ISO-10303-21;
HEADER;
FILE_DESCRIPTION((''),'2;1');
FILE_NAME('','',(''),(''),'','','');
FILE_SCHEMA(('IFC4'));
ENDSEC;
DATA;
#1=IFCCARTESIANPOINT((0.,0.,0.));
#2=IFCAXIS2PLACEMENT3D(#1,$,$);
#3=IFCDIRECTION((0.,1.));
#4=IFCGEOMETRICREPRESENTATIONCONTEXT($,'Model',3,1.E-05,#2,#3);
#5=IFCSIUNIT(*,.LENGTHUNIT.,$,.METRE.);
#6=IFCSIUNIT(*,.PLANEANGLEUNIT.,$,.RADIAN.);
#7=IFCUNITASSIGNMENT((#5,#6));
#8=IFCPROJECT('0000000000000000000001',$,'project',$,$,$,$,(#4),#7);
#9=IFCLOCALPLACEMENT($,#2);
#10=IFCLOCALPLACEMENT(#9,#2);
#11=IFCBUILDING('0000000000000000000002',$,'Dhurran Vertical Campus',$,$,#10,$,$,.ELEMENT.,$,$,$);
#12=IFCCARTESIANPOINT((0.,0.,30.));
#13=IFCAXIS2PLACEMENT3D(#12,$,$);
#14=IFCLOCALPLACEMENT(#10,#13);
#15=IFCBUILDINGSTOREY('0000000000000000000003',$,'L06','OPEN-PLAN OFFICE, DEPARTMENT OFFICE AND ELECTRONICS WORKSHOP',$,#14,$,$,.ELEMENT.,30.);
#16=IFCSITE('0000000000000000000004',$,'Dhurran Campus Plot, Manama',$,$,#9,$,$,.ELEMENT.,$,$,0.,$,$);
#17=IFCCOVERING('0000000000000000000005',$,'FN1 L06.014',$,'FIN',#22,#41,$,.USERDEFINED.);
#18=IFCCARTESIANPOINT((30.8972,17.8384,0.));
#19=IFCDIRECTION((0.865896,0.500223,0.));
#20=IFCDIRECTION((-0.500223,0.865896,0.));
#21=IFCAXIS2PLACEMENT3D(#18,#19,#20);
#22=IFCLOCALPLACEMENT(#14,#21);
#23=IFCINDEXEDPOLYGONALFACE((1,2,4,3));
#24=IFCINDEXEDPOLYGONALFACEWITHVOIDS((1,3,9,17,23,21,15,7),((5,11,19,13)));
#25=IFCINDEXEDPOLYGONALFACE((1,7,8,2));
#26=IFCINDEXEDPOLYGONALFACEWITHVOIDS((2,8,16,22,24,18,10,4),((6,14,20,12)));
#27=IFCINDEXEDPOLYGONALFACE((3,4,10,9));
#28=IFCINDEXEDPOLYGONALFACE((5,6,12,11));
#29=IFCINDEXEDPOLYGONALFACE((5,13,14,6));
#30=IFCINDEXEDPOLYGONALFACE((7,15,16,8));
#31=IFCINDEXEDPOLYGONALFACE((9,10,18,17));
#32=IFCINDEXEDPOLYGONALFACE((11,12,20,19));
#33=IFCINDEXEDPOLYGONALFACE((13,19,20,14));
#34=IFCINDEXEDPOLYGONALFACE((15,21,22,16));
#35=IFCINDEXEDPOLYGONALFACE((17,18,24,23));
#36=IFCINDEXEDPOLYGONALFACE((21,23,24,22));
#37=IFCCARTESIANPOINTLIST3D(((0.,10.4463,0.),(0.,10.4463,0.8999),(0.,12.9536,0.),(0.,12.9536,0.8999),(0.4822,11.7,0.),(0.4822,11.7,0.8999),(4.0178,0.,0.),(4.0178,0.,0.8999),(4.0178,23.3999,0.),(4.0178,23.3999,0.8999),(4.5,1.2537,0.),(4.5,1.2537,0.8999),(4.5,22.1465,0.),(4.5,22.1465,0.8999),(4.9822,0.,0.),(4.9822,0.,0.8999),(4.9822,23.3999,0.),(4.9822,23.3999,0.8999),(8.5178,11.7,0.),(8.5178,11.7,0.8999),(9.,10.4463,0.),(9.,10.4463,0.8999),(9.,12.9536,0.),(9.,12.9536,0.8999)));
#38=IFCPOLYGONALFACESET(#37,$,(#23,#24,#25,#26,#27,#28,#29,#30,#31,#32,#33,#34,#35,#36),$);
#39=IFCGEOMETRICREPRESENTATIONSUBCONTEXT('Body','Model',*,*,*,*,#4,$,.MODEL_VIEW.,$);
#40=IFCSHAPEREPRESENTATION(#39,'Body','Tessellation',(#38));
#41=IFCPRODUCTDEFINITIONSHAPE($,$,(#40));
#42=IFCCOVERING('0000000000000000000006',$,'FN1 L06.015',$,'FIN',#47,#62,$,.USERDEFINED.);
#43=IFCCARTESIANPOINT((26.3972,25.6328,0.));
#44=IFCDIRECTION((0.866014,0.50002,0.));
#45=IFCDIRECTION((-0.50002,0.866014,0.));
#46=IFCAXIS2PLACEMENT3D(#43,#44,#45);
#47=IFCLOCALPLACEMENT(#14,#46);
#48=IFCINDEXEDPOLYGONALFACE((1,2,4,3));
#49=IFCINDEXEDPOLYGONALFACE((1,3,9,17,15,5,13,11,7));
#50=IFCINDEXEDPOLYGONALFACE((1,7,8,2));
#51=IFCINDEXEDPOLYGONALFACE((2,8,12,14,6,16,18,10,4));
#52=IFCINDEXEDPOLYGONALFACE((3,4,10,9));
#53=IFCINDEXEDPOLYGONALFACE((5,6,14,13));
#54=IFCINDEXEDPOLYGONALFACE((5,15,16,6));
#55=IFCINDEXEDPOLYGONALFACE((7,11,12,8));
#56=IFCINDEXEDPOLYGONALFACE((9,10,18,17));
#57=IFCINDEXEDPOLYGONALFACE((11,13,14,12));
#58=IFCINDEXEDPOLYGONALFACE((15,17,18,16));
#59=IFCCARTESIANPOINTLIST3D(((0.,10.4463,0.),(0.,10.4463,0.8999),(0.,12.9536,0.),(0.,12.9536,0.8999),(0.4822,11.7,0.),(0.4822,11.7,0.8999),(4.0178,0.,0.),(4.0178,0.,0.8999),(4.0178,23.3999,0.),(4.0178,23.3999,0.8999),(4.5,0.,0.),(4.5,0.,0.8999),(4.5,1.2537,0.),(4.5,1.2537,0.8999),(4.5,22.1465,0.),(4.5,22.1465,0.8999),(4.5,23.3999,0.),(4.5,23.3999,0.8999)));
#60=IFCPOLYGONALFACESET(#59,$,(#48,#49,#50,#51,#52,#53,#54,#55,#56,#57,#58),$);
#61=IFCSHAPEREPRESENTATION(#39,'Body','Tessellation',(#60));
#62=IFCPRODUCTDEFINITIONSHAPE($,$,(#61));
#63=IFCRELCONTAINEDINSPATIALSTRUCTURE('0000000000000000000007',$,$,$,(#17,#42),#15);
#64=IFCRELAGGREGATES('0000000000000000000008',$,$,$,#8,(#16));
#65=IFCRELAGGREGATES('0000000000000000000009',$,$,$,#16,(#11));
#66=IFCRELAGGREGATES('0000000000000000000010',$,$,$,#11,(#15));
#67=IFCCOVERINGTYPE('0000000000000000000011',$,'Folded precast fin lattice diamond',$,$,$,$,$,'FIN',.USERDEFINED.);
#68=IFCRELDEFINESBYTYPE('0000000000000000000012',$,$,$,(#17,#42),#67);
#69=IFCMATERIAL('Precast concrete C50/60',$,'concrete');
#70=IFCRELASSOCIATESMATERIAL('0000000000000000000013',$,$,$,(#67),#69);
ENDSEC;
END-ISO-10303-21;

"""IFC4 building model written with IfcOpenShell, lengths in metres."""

from ifc_helpers import new_model, si_unit, direction, frame, origin, place, context, subcontext, project, spatial, polyline, outline, extrude, material, type_object, element, save


model = new_model("IFC4")

# Units and contexts
model_context = context("Model", 3, precision=1e-05, world=origin(), true_north=direction((0.0, 1.0)))
body_context = subcontext(model_context, "Body", "Model", "MODEL_VIEW")
ifc_project = project(units=[si_unit("LENGTHUNIT", "METRE"), si_unit("PLANEANGLEUNIT", "RADIAN")], contexts=[model_context])

# Site, building, storey
site_placement = place(None, origin())
site = spatial("IfcSite", under=ifc_project, at=site_placement, Name="Dhurran Campus Plot, Manama", CompositionType="ELEMENT", RefElevation=0.0)
building_placement = place(site_placement, origin())
building = spatial("IfcBuilding", under=site, at=building_placement, Name="Dhurran Vertical Campus", CompositionType="ELEMENT")
storey_placement = place(building_placement, frame((0.0, 0.0, 30.0)))
storey = spatial("IfcBuildingStorey", under=building, at=storey_placement, Name="L06", Description="OPEN-PLAN OFFICE, DEPARTMENT OFFICE AND ELECTRONICS WORKSHOP", CompositionType="ELEMENT", Elevation=30.0)

# Coverings
ifc_material_1 = material(Name="Precast concrete C50/60", Category="concrete")
covering_type = type_object("IfcCoveringType", Name="Folded precast fin lattice diamond", ElementType="FIN", PredefinedType="USERDEFINED", material=ifc_material_1)
covering_1_placement = place(storey_placement, frame((30.8972, 17.8384, 0.0), z_axis=(0.865896, 0.500223, 0.0), x_axis=(-0.500223, 0.865896, 0.0)))
element("IfcCovering", 1, at=covering_1_placement, inside=storey, type_object=covering_type, Name="FN1 L06.014", ObjectType="FIN", PredefinedType="USERDEFINED", context=body_context, shape_type="SweptSolid", body=[
    extrude(outline(polyline([(9.0, 12.9536), (9.0, 10.4463), (4.9822, 0.0), (4.0178, 0.0), (0.0, 10.4463), (0.0, 12.9536), (4.0178, 23.3999), (4.9822, 23.3999), (9.0, 12.9536)]), holes=[polyline([(8.5178, 11.7), (4.5, 22.1465), (0.4822, 11.7), (4.5, 1.2537), (8.5178, 11.7)])]), origin(), (0.0, 0.0, 1.0), 0.8999),
])
covering_2_placement = place(storey_placement, frame((26.3972, 25.6328, 0.0), z_axis=(0.866014, 0.50002, 0.0), x_axis=(-0.50002, 0.866014, 0.0)))
element("IfcCovering", 2, at=covering_2_placement, inside=storey, type_object=covering_type, Name="FN1 L06.015", ObjectType="FIN", PredefinedType="USERDEFINED", context=body_context, shape_type="SweptSolid", body=[
    extrude(outline(polyline([(4.0178, 0.0), (0.0, 10.4463), (0.0, 12.9536), (4.0178, 23.3999), (4.5, 23.3999), (4.5, 22.1465), (0.4822, 11.7), (4.5, 1.2537), (4.5, 0.0), (4.0178, 0.0)])), origin(), (0.0, 0.0, 1.0), 0.8999),
])

save(model, "model.ifc")
